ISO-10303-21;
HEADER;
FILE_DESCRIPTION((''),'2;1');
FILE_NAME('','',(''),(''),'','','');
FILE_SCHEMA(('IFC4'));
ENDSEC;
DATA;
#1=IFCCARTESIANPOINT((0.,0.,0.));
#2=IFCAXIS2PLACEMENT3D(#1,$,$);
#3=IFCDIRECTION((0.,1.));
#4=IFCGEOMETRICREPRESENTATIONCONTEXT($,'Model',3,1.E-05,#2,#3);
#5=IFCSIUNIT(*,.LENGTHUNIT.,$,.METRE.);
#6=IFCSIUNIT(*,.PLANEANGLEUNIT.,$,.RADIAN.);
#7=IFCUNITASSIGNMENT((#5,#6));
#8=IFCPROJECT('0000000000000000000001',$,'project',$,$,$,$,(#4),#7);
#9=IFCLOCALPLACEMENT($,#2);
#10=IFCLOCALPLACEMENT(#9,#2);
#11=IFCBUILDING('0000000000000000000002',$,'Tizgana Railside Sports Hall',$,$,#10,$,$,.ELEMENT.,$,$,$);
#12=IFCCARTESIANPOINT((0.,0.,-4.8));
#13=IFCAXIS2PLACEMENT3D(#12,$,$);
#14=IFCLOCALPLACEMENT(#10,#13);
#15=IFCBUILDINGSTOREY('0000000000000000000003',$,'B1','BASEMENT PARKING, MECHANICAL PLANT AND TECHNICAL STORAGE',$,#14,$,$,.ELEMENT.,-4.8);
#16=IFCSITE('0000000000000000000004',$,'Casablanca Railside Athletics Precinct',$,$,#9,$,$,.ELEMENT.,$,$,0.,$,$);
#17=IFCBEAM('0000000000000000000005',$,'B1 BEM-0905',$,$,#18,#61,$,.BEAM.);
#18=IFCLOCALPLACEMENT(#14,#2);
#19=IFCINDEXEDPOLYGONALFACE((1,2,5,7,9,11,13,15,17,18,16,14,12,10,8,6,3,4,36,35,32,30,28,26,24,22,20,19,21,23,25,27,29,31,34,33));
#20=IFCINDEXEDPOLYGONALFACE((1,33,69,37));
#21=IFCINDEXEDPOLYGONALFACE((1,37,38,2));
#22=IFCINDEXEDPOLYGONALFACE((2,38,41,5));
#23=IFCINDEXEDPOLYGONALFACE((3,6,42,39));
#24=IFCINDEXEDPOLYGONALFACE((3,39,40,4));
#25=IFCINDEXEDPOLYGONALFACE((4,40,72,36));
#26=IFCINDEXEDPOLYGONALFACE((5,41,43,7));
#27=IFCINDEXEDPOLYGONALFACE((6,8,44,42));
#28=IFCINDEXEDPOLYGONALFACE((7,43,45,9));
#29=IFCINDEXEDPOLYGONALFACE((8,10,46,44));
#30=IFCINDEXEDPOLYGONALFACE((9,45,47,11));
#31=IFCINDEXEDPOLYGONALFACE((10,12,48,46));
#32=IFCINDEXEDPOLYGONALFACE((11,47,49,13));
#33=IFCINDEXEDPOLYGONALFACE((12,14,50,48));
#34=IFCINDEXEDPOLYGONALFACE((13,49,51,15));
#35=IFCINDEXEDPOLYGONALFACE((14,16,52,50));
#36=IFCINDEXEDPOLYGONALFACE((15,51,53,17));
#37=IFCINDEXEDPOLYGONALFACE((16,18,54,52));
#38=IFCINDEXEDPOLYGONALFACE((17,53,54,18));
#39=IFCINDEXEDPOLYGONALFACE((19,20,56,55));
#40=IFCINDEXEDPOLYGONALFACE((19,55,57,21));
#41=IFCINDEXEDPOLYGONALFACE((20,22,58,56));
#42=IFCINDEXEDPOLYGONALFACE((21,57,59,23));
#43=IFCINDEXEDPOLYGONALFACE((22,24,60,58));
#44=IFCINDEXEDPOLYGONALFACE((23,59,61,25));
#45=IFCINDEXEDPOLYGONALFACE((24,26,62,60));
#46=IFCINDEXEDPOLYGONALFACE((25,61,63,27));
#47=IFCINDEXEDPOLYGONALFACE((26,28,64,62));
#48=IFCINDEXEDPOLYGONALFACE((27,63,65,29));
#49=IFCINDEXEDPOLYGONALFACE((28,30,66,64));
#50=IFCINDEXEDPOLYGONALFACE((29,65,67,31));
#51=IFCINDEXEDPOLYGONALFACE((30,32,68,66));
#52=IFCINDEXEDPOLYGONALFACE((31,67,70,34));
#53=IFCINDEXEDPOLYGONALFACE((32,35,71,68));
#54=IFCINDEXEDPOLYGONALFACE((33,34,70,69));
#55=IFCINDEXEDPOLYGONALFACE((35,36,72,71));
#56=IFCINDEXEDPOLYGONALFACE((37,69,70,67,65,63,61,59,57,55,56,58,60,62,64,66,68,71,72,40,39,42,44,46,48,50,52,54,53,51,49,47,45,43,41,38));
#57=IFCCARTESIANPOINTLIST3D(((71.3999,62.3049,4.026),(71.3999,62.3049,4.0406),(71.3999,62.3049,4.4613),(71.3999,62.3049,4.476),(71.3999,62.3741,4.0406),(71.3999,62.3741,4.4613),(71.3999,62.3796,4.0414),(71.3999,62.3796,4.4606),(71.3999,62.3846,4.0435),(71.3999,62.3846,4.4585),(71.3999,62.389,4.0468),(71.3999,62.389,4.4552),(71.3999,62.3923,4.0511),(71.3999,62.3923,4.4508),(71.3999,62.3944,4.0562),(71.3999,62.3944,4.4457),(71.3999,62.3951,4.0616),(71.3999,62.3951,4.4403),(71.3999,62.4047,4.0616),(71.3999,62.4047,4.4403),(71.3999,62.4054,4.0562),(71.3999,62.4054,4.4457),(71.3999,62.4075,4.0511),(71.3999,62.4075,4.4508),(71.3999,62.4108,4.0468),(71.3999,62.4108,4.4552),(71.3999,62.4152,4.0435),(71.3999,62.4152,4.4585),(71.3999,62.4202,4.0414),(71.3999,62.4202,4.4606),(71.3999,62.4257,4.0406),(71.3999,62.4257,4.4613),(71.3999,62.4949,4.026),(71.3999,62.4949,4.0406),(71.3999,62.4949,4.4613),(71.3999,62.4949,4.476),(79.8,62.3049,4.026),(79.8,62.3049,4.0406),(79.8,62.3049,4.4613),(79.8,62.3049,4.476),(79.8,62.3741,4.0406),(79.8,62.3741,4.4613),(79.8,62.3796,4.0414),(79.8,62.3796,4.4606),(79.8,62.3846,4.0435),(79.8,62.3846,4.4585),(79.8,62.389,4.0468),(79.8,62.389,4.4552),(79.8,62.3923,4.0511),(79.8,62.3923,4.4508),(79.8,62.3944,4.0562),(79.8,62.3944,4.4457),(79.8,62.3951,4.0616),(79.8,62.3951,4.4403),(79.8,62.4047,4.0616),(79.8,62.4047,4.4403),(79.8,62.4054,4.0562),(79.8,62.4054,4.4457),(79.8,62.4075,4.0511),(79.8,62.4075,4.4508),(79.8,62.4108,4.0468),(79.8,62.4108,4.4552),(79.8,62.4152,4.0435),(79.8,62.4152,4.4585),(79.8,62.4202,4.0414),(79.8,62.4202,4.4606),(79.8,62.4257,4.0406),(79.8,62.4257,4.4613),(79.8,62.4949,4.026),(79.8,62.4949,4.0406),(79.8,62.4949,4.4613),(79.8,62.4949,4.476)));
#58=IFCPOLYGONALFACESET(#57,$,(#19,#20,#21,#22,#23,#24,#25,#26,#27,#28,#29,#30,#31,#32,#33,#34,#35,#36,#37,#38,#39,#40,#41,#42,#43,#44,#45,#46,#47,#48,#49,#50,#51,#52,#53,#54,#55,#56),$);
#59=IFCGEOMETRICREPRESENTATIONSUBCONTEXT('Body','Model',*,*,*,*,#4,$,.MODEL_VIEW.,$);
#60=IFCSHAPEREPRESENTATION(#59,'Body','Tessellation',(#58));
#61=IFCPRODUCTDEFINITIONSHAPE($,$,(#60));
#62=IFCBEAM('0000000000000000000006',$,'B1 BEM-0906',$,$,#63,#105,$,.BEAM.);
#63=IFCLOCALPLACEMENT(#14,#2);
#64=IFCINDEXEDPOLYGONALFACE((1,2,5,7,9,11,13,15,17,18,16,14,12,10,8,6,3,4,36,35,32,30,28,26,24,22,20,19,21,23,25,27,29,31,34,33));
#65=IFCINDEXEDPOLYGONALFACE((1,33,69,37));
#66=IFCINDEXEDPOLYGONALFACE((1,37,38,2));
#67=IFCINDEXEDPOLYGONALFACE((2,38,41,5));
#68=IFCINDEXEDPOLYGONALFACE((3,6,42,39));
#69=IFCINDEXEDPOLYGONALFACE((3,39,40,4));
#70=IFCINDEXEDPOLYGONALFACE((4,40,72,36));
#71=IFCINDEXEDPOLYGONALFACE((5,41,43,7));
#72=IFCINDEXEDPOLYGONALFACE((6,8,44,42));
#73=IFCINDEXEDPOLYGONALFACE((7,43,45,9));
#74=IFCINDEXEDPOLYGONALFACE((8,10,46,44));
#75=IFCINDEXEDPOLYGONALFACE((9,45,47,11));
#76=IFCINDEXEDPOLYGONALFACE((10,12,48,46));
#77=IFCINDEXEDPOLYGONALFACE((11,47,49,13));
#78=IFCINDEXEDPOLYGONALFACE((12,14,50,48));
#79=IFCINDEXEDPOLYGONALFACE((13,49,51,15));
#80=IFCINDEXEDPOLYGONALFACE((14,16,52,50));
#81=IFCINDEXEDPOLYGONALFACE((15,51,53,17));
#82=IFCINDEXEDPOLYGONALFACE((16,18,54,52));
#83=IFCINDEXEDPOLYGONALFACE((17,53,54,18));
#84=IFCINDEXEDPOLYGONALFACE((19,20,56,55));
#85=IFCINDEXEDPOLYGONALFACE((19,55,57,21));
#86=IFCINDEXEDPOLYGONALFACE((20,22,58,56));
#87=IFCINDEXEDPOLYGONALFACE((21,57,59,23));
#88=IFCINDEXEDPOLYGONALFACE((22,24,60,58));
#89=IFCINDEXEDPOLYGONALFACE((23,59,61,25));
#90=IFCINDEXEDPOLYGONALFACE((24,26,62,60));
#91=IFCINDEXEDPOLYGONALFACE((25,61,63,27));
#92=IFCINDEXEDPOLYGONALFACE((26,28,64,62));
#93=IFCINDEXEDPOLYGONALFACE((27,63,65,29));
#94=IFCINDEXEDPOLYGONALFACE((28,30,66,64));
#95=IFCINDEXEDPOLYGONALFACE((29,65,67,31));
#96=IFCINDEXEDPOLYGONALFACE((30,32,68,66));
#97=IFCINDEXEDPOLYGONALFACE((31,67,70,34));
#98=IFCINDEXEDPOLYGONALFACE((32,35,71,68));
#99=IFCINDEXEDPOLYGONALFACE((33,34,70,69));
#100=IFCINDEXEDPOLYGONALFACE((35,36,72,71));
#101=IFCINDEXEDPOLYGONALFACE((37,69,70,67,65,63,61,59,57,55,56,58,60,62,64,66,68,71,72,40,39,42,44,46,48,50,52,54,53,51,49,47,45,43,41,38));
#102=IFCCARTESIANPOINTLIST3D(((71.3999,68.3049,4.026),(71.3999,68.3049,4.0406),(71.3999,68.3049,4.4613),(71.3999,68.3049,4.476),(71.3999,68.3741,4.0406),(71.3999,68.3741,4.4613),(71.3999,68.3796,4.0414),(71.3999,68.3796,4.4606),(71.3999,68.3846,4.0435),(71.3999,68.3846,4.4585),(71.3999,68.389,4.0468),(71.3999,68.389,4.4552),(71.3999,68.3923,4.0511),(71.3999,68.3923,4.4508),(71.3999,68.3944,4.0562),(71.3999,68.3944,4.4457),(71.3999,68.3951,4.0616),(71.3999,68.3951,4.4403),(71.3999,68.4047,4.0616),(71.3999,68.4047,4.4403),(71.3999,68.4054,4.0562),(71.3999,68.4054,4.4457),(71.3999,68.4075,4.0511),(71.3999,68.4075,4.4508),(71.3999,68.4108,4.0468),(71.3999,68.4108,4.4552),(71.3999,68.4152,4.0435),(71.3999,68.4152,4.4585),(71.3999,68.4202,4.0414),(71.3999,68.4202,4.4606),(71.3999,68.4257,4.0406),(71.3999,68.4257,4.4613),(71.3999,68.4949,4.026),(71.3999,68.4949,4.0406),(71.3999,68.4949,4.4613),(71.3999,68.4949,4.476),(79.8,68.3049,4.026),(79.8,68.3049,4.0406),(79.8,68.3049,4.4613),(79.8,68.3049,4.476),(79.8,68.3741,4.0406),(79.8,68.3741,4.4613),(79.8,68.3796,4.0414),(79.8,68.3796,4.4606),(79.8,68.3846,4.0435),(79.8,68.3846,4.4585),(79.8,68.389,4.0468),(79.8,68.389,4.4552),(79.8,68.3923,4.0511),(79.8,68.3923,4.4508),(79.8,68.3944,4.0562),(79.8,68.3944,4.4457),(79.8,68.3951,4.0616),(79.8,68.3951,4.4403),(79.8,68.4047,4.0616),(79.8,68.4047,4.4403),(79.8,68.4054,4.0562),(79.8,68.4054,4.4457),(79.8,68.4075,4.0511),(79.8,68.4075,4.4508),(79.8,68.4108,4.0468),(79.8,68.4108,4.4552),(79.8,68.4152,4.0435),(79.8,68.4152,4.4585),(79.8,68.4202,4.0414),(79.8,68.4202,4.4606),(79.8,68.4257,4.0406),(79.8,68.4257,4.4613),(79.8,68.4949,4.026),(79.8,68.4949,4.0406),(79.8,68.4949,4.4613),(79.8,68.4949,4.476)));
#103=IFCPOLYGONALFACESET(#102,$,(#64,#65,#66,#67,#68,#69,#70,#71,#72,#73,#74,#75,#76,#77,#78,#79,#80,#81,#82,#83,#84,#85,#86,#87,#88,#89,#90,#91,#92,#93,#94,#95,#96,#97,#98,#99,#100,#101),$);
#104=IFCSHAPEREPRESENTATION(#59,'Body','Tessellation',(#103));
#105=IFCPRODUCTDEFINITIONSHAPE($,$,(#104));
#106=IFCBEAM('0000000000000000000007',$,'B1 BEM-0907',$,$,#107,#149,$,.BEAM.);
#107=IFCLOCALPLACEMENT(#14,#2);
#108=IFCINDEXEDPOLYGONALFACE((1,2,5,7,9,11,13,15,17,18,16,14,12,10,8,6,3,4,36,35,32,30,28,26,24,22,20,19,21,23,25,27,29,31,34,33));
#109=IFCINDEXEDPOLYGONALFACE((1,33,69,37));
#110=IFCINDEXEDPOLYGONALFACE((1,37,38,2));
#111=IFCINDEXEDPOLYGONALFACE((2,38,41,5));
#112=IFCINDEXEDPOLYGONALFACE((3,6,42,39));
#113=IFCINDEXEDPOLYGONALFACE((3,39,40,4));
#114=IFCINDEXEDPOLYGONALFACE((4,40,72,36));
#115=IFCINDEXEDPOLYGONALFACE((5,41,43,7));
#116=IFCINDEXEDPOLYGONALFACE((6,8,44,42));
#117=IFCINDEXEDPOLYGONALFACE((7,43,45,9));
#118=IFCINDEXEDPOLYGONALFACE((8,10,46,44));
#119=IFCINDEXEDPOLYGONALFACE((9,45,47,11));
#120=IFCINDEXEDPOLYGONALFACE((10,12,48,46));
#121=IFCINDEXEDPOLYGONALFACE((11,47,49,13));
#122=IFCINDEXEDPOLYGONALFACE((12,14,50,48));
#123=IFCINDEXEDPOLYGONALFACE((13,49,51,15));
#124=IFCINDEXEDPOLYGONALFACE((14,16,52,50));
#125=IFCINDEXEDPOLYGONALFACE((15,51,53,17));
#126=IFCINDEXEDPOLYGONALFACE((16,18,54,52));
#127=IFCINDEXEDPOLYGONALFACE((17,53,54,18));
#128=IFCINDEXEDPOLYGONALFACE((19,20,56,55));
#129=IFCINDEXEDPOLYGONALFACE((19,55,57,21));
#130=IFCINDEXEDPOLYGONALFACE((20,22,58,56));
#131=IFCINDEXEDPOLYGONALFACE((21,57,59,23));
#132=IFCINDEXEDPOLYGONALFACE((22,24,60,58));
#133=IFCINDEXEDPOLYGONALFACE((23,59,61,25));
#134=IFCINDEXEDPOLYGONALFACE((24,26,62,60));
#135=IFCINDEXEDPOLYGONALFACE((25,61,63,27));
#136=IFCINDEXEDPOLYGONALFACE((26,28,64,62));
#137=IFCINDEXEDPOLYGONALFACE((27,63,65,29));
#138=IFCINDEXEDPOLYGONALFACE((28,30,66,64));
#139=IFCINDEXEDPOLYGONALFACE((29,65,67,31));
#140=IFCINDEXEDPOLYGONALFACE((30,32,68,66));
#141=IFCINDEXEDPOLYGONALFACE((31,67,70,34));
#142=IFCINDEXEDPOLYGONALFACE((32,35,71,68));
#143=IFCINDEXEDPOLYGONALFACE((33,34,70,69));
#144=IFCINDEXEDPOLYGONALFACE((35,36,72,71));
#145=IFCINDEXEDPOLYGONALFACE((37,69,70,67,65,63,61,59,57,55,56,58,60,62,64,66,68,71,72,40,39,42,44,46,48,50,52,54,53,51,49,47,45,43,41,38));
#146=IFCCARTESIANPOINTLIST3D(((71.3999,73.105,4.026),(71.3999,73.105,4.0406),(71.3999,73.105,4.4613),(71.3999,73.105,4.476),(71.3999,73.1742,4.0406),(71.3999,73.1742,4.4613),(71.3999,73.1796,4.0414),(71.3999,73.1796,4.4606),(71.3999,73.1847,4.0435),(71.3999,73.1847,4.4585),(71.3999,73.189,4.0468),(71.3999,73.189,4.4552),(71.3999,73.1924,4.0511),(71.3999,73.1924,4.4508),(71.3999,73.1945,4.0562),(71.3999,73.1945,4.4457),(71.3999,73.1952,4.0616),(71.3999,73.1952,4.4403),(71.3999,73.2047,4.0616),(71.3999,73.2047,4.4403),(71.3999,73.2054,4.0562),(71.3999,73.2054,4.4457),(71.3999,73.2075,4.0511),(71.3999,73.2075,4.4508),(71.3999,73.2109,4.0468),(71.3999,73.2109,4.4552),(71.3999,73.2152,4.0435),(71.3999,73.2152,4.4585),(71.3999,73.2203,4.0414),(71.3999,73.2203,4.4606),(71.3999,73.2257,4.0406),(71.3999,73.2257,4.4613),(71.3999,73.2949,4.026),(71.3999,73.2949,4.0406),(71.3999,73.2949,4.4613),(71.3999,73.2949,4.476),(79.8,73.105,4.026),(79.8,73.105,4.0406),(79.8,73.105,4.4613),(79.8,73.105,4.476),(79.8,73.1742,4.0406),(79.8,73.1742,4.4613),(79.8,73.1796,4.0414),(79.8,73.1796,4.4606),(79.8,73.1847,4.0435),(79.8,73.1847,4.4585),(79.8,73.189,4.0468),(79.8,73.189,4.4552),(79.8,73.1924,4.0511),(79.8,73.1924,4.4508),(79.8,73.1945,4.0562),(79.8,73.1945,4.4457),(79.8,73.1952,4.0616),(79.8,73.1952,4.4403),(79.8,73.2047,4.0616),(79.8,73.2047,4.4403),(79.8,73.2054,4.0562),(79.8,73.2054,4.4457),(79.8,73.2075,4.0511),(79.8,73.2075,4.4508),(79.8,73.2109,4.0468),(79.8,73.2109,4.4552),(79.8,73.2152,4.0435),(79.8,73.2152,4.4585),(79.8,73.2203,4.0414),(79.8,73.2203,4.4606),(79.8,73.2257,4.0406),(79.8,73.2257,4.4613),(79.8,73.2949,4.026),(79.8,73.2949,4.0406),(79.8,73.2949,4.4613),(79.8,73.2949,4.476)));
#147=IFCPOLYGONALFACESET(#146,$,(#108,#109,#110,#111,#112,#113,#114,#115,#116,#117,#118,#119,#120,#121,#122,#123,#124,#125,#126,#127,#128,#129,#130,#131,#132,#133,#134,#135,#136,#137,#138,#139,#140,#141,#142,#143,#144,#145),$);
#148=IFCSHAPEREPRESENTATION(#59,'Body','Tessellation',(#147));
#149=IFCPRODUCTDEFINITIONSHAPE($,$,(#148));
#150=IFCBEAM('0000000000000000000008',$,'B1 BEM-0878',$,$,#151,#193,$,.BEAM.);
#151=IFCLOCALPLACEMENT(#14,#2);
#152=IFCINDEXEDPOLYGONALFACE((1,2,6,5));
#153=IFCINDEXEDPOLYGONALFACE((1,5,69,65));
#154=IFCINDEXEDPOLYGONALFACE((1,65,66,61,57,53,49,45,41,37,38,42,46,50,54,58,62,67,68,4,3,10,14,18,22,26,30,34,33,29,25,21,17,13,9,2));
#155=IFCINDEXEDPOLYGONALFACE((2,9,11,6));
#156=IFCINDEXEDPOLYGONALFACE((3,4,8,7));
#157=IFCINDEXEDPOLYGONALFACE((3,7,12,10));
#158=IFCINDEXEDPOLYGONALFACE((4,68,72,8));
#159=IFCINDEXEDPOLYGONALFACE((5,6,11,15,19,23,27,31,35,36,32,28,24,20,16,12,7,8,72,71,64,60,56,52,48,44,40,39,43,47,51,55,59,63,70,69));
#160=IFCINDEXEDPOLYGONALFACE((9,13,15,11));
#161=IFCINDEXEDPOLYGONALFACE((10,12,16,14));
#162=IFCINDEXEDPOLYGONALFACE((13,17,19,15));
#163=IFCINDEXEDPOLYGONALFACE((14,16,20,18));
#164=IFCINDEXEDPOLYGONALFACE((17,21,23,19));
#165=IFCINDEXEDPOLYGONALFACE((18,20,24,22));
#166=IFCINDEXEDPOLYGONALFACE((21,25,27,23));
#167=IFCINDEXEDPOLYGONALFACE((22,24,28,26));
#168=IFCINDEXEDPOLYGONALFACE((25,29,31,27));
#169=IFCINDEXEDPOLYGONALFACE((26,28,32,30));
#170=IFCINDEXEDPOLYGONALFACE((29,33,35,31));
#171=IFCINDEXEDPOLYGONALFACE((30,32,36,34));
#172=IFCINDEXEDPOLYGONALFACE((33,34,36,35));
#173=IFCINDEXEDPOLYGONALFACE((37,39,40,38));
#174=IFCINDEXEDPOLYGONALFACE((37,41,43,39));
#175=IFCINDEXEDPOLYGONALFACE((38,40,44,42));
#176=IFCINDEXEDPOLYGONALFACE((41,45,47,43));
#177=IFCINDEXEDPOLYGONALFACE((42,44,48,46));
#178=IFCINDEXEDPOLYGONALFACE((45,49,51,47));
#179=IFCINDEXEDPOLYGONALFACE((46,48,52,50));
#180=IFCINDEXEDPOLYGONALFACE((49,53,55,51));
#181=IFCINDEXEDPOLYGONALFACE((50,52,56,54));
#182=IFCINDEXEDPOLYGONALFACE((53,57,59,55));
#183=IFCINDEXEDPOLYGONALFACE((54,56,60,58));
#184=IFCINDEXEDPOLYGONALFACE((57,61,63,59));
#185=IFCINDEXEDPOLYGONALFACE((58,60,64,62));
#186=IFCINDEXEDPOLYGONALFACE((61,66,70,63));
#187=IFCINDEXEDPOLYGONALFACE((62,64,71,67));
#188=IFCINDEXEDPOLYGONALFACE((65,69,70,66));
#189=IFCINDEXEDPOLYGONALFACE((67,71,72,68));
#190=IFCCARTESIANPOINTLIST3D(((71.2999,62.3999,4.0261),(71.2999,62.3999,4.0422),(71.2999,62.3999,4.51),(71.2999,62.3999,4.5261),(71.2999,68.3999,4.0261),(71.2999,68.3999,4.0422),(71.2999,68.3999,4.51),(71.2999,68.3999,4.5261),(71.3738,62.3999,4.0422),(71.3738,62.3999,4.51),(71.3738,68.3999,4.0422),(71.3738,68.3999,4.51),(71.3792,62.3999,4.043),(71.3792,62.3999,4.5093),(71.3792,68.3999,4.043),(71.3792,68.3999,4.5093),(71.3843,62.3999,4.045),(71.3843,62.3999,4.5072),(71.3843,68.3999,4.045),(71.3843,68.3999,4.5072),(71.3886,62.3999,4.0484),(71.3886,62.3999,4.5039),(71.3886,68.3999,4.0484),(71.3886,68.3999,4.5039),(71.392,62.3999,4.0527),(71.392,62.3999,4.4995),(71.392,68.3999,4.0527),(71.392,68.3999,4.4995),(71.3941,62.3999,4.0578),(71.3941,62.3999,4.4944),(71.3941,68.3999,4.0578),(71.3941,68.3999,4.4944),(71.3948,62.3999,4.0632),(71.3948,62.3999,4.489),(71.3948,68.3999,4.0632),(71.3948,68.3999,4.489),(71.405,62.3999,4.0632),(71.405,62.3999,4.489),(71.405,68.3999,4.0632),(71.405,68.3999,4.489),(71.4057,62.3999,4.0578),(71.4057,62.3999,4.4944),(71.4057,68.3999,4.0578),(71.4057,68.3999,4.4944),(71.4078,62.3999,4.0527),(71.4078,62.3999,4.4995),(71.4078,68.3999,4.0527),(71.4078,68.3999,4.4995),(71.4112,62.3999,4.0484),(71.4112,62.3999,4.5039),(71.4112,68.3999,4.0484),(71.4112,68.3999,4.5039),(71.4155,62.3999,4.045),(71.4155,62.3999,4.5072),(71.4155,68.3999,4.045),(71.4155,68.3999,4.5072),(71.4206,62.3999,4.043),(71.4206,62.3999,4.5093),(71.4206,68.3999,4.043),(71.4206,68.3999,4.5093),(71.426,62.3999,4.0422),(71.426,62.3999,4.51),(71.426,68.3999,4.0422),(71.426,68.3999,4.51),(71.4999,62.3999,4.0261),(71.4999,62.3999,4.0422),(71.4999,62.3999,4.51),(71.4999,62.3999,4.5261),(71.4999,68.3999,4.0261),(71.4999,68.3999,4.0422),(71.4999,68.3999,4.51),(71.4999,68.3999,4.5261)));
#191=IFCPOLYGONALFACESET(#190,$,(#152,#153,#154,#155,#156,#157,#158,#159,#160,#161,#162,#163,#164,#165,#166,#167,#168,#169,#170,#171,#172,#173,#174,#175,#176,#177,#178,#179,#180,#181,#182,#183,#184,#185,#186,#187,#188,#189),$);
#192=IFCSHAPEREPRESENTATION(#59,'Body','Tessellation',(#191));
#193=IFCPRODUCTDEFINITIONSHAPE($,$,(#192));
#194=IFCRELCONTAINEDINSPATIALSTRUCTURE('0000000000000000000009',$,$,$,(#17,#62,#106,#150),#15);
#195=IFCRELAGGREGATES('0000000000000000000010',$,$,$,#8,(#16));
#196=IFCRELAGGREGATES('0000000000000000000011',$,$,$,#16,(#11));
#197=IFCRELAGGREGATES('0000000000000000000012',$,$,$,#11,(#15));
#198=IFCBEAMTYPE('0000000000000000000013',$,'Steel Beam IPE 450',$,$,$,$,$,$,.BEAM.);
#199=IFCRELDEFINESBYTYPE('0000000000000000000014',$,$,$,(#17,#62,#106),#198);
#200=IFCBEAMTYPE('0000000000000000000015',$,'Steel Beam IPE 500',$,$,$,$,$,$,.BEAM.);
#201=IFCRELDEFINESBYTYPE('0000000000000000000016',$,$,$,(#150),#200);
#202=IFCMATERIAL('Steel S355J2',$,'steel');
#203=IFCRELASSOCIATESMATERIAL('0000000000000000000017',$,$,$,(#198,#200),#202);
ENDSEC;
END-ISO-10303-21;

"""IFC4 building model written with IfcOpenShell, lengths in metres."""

from ifc_helpers import new_model, si_unit, direction, frame, origin, origin_2d, place, context, subcontext, project, spatial, i_section, extrude, material, material_profile, profile_set, type_object, element, save


model = new_model("IFC4")

# Units and contexts
model_context = context("Model", 3, precision=1e-05, world=origin(), true_north=direction((0.0, 1.0)))
body_context = subcontext(model_context, "Body", "Model", "MODEL_VIEW")
ifc_project = project(units=[si_unit("LENGTHUNIT", "METRE"), si_unit("PLANEANGLEUNIT", "RADIAN")], contexts=[model_context])

# Site, building, storey
site_placement = place(None, origin())
site = spatial("IfcSite", under=ifc_project, at=site_placement, Name="Casablanca Railside Athletics Precinct", CompositionType="ELEMENT", RefElevation=0.0)
building_placement = place(site_placement, origin())
building = spatial("IfcBuilding", under=site, at=building_placement, Name="Tizgana Railside Sports Hall", CompositionType="ELEMENT")
storey_placement = place(building_placement, frame((0.0, 0.0, -4.8)))
storey = spatial("IfcBuildingStorey", under=building, at=storey_placement, Name="B1", Description="BASEMENT PARKING, MECHANICAL PLANT AND TECHNICAL STORAGE", CompositionType="ELEMENT", Elevation=-4.8)

# Beams
ifc_material_1 = material(Name="Steel S355J2", Category="steel")
ifc_material_profile_1 = material_profile(ifc_material_1, i_section(OverallWidth=0.1899, OverallDepth=0.45, WebThickness=0.0095, FlangeThickness=0.0146, FilletRadius=0.021, at=origin_2d()), Name="IPE 450")
ifc_profile_set_1 = profile_set([ifc_material_profile_1], Name="Steel S355J2")
beam_type_1 = type_object("IfcBeamType", Name="Steel Beam IPE 450", PredefinedType="BEAM", material=ifc_profile_set_1)
for number, where, z_axis, x_axis, name in (
    (1, (71.3999, 62.3999, 4.251), (1.0, 0.0, 0.0), (0.0, 1.0, 0.0), "B1 BEM-0905"),
    (2, (71.3999, 68.3999, 4.251), (1.0, 0.0, 0.0), (0.0, 1.0, 0.0), "B1 BEM-0906"),
    (3, (71.3999, 73.2, 4.251), (1.0, 0.0, 0.0), (0.0, 1.0, 0.0), "B1 BEM-0907"),
):
    element("IfcBeam", number, at=place(storey_placement, frame(where, z_axis=z_axis, x_axis=x_axis)), inside=storey, type_object=beam_type_1, Name=name, PredefinedType="BEAM", context=body_context, shape_type="SweptSolid", body=[
        extrude(i_section(OverallWidth=0.1899, OverallDepth=0.45, WebThickness=0.0095, FlangeThickness=0.0146, FilletRadius=0.021, at=origin_2d()), origin(), (0.0, 0.0, 1.0), 8.4001),
    ])
ifc_material_profile_2 = material_profile(ifc_material_1, i_section(OverallWidth=0.2, OverallDepth=0.5, WebThickness=0.0103, FlangeThickness=0.0161, FilletRadius=0.021, at=origin_2d()), Name="IPE 500")
ifc_profile_set_2 = profile_set([ifc_material_profile_2], Name="Steel S355J2")
beam_type_2 = type_object("IfcBeamType", Name="Steel Beam IPE 500", PredefinedType="BEAM", material=ifc_profile_set_2)
beam_1_placement = place(storey_placement, frame((71.3999, 62.3999, 4.2761), z_axis=(0.0, 1.0, 0.0), x_axis=(-1.0, 0.0, 0.0)))
element("IfcBeam", 4, at=beam_1_placement, inside=storey, type_object=beam_type_2, Name="B1 BEM-0878", PredefinedType="BEAM", context=body_context, shape_type="SweptSolid", body=[
    extrude(i_section(OverallWidth=0.2, OverallDepth=0.5, WebThickness=0.0103, FlangeThickness=0.0161, FilletRadius=0.021, at=origin_2d()), origin(), (0.0, 0.0, 1.0), 6.0),
])

save(model, "model.ifc")
